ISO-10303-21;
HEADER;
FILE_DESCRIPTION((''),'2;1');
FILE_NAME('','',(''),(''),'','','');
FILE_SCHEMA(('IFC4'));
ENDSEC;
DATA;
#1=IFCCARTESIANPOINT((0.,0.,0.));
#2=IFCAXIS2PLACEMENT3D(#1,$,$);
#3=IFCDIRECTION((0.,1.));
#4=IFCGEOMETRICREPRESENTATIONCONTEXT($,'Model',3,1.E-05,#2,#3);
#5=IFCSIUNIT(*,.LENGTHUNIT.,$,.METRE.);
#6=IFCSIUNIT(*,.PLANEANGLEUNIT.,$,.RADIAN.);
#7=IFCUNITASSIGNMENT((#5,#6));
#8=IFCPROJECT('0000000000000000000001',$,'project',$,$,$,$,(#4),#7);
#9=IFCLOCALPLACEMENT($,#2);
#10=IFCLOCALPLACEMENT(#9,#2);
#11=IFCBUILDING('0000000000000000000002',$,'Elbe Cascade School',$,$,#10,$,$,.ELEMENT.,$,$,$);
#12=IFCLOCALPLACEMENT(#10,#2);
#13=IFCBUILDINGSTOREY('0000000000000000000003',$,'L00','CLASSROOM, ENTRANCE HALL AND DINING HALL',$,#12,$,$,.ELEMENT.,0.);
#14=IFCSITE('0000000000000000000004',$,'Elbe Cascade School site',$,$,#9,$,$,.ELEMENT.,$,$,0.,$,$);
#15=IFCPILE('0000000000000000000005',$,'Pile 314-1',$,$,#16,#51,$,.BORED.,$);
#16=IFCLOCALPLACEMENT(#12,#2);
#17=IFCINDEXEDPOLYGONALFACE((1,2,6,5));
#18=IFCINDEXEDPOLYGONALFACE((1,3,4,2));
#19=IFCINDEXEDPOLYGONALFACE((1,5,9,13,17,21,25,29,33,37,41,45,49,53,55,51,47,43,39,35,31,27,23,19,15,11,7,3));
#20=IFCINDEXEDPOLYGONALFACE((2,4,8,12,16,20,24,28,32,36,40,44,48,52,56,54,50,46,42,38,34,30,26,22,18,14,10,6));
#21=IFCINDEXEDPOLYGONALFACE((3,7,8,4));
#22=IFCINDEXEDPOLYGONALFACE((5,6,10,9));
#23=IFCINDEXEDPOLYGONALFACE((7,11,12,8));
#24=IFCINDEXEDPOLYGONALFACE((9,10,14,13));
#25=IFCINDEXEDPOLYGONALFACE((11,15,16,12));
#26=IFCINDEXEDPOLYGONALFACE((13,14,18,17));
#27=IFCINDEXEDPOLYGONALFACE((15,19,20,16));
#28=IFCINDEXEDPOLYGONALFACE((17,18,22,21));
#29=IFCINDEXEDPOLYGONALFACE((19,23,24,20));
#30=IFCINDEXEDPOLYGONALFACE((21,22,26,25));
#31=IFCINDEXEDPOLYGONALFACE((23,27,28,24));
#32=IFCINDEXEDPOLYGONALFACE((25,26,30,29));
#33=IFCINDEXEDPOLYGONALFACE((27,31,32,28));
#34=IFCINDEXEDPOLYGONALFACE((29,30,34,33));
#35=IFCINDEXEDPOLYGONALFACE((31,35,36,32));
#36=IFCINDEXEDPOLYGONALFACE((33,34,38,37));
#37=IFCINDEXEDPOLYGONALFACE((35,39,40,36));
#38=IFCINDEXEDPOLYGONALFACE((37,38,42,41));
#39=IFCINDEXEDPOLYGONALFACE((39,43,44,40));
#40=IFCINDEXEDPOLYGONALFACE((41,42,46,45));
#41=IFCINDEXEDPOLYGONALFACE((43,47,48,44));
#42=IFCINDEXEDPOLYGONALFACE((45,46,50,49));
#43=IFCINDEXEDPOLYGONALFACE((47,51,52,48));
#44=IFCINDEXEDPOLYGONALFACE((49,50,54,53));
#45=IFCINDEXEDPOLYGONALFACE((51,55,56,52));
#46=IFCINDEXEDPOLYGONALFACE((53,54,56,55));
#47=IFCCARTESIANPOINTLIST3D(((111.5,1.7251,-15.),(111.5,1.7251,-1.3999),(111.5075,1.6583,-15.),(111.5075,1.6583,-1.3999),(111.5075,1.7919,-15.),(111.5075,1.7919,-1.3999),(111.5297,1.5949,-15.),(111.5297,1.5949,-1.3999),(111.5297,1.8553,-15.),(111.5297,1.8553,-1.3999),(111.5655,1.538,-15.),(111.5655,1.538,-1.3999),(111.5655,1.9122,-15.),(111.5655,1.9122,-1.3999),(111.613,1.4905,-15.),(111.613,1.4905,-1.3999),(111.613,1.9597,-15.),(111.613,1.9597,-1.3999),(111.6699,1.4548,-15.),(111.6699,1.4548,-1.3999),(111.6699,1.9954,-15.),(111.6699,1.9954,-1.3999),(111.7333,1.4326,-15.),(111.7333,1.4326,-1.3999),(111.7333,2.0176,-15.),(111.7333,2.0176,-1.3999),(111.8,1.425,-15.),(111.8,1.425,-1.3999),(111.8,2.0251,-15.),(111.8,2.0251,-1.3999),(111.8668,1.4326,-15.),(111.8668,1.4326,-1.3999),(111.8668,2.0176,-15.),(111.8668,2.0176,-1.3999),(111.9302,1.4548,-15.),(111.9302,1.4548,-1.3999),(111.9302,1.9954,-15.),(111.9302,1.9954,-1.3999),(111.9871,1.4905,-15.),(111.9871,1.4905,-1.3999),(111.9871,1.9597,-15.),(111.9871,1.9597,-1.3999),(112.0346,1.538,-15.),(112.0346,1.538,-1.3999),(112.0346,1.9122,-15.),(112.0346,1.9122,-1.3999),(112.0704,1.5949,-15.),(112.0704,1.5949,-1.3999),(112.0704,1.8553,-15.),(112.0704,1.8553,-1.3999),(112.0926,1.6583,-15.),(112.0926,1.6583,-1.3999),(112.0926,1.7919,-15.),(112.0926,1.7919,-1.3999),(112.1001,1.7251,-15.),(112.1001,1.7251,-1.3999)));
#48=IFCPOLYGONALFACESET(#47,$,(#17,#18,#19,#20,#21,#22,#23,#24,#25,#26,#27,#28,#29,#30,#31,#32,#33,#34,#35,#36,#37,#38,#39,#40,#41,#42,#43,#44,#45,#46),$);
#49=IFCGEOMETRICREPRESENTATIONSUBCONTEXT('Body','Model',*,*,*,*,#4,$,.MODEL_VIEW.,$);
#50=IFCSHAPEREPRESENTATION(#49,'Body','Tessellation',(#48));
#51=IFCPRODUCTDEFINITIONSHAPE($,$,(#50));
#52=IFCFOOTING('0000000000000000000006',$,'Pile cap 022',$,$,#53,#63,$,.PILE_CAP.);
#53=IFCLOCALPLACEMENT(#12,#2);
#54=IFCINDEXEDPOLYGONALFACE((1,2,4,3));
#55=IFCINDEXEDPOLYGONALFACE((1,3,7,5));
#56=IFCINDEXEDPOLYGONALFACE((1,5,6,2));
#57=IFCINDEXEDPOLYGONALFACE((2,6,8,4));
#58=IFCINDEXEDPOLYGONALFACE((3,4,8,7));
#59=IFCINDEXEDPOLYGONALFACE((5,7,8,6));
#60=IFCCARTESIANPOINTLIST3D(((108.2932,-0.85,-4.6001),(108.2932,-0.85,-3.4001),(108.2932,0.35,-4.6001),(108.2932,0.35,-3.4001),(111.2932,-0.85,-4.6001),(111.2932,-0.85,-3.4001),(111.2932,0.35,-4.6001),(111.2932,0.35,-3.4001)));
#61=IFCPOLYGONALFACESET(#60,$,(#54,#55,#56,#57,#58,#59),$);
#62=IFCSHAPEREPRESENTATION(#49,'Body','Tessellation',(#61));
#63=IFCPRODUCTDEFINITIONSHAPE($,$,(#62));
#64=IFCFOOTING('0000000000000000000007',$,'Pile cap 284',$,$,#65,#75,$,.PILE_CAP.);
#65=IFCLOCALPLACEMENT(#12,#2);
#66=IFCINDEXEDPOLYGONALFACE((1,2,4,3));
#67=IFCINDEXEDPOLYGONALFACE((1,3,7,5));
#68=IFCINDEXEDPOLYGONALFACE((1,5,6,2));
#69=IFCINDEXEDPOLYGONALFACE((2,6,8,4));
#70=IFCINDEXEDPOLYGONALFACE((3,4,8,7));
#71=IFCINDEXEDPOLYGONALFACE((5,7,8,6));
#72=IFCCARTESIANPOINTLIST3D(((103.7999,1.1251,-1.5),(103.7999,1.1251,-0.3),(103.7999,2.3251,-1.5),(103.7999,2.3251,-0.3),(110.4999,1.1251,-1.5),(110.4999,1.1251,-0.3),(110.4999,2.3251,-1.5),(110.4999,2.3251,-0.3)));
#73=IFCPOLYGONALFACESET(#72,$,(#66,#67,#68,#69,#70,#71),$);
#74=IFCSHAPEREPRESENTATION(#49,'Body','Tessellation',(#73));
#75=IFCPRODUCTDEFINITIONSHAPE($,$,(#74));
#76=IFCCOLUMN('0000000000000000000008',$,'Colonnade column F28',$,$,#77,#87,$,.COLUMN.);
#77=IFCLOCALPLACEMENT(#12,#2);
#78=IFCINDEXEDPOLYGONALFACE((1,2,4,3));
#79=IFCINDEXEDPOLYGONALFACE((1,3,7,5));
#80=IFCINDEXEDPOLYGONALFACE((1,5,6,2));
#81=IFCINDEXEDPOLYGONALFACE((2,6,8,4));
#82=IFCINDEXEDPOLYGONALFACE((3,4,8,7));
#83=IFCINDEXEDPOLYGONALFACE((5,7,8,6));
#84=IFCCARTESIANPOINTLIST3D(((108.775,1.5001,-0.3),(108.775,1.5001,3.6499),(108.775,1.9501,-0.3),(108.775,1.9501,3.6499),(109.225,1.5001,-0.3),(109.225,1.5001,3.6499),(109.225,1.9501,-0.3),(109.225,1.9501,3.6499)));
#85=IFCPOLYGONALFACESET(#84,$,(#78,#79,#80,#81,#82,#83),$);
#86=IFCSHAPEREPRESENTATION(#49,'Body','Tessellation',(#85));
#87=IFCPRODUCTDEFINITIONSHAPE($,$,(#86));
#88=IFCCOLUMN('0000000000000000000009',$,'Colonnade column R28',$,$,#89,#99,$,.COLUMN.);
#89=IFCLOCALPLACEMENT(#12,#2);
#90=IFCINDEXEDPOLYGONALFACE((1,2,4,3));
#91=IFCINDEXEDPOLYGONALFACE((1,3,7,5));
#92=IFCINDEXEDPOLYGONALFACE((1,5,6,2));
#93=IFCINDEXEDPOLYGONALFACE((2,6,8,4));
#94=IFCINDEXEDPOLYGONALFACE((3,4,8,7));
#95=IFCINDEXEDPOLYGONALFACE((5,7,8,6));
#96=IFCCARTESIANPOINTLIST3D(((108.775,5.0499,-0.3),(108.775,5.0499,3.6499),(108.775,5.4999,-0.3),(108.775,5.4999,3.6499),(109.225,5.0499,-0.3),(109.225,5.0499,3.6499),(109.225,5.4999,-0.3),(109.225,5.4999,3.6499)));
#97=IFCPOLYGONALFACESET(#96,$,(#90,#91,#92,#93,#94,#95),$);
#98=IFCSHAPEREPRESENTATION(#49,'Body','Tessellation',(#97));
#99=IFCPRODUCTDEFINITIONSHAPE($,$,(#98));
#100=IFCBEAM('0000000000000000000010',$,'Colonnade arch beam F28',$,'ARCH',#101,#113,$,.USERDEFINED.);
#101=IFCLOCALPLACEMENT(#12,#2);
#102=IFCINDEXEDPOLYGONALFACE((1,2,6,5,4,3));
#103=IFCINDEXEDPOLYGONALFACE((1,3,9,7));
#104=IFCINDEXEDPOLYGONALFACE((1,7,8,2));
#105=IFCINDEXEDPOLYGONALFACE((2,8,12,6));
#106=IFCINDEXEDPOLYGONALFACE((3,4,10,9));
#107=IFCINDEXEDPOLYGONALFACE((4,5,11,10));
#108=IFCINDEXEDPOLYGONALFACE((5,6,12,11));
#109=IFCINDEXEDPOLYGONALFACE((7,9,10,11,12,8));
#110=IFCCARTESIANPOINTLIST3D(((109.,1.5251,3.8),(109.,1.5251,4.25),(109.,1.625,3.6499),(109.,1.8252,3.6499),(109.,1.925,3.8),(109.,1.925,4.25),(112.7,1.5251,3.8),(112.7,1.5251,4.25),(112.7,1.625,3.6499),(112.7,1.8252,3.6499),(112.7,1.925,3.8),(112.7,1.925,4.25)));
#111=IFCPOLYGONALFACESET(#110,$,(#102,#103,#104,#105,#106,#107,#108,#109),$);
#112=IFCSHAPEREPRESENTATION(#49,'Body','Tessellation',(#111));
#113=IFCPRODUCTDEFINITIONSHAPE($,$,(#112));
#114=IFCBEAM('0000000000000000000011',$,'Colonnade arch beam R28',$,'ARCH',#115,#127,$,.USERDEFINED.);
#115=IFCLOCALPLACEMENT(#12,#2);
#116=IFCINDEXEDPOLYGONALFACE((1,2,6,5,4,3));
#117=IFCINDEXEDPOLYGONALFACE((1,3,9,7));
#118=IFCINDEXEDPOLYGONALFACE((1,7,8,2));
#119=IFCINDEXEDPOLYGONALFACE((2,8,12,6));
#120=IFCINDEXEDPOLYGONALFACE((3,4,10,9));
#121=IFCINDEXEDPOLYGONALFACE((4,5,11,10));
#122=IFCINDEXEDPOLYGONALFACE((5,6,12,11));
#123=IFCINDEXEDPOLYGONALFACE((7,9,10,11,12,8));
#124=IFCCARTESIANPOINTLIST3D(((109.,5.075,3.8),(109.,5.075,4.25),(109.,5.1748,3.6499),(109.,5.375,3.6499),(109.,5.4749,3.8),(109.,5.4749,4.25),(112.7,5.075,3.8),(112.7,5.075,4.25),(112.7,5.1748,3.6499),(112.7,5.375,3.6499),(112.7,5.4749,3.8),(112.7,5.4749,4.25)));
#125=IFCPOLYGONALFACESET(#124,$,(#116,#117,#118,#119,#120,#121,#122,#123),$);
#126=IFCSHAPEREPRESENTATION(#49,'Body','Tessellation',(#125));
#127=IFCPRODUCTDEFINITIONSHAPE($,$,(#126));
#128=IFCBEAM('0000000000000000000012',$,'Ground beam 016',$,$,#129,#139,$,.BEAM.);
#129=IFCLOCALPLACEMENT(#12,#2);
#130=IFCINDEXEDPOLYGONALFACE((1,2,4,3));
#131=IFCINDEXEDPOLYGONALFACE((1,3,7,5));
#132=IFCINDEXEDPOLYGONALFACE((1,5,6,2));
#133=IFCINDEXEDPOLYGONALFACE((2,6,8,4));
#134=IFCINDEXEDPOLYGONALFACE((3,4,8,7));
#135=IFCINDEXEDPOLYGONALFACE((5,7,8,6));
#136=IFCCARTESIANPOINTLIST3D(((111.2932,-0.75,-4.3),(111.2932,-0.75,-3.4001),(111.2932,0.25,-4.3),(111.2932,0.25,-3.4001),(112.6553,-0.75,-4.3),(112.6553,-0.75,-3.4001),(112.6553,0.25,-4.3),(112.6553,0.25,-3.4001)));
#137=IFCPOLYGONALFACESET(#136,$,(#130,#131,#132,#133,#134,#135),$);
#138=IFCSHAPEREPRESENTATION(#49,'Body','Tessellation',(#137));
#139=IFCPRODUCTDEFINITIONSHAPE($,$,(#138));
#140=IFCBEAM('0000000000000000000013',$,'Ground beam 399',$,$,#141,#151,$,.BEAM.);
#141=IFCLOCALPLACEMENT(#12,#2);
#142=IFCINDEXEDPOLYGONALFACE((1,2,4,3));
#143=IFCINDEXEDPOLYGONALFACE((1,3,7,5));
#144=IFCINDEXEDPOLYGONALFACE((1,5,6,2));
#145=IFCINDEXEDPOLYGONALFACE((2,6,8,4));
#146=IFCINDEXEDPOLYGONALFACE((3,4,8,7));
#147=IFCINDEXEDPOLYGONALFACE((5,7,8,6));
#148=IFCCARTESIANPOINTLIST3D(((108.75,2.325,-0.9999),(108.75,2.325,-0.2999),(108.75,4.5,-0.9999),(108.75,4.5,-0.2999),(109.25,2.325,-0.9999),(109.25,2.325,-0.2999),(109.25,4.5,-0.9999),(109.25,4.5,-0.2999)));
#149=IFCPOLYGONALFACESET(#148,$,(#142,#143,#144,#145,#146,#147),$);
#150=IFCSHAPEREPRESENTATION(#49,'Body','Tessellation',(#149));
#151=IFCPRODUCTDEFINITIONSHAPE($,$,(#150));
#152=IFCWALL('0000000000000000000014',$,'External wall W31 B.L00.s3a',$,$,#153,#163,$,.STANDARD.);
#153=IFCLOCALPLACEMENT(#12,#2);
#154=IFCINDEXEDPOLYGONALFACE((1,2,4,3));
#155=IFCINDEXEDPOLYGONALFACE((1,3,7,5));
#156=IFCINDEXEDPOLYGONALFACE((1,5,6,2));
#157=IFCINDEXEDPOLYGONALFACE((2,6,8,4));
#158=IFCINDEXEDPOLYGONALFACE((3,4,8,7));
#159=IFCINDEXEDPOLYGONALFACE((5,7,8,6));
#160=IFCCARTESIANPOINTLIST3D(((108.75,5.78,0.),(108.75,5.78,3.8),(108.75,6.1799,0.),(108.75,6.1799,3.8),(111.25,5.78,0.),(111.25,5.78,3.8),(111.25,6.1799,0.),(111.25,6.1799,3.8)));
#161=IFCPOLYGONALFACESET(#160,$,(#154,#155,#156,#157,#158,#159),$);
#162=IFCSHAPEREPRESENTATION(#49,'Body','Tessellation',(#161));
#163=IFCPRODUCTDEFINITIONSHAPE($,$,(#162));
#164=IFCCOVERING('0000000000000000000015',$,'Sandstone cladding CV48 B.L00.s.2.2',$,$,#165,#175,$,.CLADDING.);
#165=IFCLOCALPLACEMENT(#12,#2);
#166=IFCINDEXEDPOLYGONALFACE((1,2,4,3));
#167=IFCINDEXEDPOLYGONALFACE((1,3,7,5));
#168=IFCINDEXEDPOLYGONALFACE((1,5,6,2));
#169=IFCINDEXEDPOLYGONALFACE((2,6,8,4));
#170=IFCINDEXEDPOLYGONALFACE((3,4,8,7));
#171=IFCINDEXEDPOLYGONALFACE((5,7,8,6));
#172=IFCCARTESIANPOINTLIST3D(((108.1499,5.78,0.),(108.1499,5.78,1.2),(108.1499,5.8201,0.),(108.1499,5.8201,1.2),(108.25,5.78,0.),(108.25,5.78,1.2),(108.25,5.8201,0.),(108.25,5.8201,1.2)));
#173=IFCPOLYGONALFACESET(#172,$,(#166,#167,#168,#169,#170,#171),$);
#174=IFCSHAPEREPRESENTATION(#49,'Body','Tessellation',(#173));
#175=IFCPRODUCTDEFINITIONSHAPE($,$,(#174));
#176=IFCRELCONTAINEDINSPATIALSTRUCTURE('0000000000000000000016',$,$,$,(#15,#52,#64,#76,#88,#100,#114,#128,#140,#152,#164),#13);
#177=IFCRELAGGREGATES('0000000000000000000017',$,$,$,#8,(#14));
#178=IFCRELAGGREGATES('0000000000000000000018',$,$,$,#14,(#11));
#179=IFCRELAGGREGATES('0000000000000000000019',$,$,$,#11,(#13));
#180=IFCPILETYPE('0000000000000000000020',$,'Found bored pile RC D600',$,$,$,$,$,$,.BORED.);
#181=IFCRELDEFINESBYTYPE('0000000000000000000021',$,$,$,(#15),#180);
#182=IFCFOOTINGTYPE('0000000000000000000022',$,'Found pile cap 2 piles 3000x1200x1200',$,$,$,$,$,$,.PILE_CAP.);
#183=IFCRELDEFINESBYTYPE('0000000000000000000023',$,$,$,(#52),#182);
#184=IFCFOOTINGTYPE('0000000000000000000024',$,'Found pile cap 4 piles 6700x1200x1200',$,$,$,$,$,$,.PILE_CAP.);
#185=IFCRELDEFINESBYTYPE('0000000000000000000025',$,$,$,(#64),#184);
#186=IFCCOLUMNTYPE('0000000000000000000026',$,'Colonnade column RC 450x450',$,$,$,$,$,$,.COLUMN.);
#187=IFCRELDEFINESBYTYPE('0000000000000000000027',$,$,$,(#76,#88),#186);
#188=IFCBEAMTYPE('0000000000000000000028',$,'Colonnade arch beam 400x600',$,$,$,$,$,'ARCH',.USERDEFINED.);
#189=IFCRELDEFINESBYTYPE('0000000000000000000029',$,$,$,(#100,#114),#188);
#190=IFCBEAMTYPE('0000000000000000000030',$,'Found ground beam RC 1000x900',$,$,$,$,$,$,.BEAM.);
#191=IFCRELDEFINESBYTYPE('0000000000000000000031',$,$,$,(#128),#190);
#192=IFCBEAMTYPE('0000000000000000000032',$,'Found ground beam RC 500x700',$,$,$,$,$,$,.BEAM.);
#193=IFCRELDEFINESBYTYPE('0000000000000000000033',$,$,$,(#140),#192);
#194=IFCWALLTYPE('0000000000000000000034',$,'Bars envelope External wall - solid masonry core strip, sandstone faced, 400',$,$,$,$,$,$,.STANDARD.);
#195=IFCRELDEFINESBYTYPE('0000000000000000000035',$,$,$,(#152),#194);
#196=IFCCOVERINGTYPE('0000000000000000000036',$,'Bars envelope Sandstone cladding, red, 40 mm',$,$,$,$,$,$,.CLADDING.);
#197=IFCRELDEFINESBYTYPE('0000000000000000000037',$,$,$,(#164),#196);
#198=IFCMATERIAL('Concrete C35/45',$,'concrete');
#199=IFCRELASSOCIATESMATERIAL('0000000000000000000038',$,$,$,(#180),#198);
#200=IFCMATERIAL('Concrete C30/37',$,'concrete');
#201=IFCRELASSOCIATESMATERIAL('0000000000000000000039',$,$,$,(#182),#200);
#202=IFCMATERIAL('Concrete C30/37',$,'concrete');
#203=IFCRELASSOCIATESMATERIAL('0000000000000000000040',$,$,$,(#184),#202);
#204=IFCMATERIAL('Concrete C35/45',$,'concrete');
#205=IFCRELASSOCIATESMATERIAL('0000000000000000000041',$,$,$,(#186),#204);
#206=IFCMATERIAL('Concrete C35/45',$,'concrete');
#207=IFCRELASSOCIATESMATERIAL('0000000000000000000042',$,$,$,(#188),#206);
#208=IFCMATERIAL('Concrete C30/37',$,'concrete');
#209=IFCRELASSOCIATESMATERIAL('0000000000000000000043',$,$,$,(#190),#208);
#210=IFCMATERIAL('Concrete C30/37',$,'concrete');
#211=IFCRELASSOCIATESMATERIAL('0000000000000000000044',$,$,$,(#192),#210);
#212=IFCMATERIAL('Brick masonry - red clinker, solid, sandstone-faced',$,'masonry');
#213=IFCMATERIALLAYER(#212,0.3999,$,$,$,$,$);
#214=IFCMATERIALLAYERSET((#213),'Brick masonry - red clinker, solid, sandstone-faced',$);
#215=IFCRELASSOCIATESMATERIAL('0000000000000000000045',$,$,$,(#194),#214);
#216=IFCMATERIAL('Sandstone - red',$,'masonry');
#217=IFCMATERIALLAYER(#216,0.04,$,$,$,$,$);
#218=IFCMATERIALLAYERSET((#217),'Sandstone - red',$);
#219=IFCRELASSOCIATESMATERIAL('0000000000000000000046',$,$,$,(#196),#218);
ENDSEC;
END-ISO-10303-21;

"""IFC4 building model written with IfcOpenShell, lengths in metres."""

from ifc_helpers import new_model, si_unit, direction, frame, frame_2d, origin, origin_2d, place, context, subcontext, project, spatial, polyline, rectangle, circle, outline, extrude, material, layer, layer_set, material_profile, profile_set, type_object, element, save


model = new_model("IFC4")

# Units and contexts
model_context = context("Model", 3, precision=1e-05, world=origin(), true_north=direction((0.0, 1.0)))
body_context = subcontext(model_context, "Body", "Model", "MODEL_VIEW")
ifc_project = project(units=[si_unit("LENGTHUNIT", "METRE"), si_unit("PLANEANGLEUNIT", "RADIAN")], contexts=[model_context])

# Site, building, storey
site_placement = place(None, origin())
site = spatial("IfcSite", under=ifc_project, at=site_placement, Name="Elbe Cascade School site", CompositionType="ELEMENT", RefElevation=0.0)
building_placement = place(site_placement, origin())
building = spatial("IfcBuilding", under=site, at=building_placement, Name="Elbe Cascade School", CompositionType="ELEMENT")
storey_placement = place(building_placement, origin())
storey = spatial("IfcBuildingStorey", under=building, at=storey_placement, Name="L00", Description="CLASSROOM, ENTRANCE HALL AND DINING HALL", CompositionType="ELEMENT", Elevation=0.0)

# Pile
ifc_material_1 = material(Name="Concrete C35/45", Category="concrete")
ifc_material_profile_1 = material_profile(ifc_material_1, circle(Radius=0.3, at=origin_2d()), Name="RC D600")
ifc_profile_set_1 = profile_set([ifc_material_profile_1], Name="Concrete C35/45")
pile_type = type_object("IfcPileType", Name="Found bored pile RC D600", PredefinedType="BORED", material=ifc_profile_set_1)
for number, where, z_axis, x_axis, name in (
    (1, (111.8, 1.7251, -1.3999), (0.0, 0.0, -1.0), (1.0, 0.0, 0.0), "Pile 314-1"),
):
    element("IfcPile", number, at=place(storey_placement, frame(where, z_axis=z_axis, x_axis=x_axis)), inside=storey, type_object=pile_type, Name=name, PredefinedType="BORED", context=body_context, shape_type="SweptSolid", body=[
        extrude(circle(Radius=0.3, at=origin_2d()), origin(), (0.0, 0.0, 1.0), 13.6001),
    ])

# Footings
ifc_material_2 = material(Name="Concrete C30/37", Category="concrete")
footing_type_1 = type_object("IfcFootingType", Name="Found pile cap 2 piles 3000x1200x1200", PredefinedType="PILE_CAP", material=ifc_material_2)
footing_1_placement = place(storey_placement, frame((109.7932, -0.25, -4.6001), z_axis=(0.0, 0.0, 1.0), x_axis=(1.0, 0.0, 0.0)))
element("IfcFooting", 2, at=footing_1_placement, inside=storey, type_object=footing_type_1, Name="Pile cap 022", PredefinedType="PILE_CAP", context=body_context, shape_type="SweptSolid", body=[
    extrude(rectangle(XDim=3.0, YDim=1.2, at=origin_2d()), origin(), (0.0, 0.0, 1.0), 1.2),
])
ifc_material_3 = material(Name="Concrete C30/37", Category="concrete")
footing_type_2 = type_object("IfcFootingType", Name="Found pile cap 4 piles 6700x1200x1200", PredefinedType="PILE_CAP", material=ifc_material_3)
footing_2_placement = place(storey_placement, frame((107.1499, 1.7251, -1.5), z_axis=(0.0, 0.0, 1.0), x_axis=(1.0, 0.0, 0.0)))
element("IfcFooting", 3, at=footing_2_placement, inside=storey, type_object=footing_type_2, Name="Pile cap 284", PredefinedType="PILE_CAP", context=body_context, shape_type="SweptSolid", body=[
    extrude(rectangle(XDim=6.7, YDim=1.2, at=origin_2d()), origin(), (0.0, 0.0, 1.0), 1.2),
])

# Columns
ifc_material_4 = material(Name="Concrete C35/45", Category="concrete")
ifc_material_profile_2 = material_profile(ifc_material_4, rectangle(XDim=0.45, YDim=0.45, at=origin_2d()), Name="RC 450x450")
ifc_profile_set_2 = profile_set([ifc_material_profile_2], Name="Concrete C35/45")
column_type = type_object("IfcColumnType", Name="Colonnade column RC 450x450", PredefinedType="COLUMN", material=ifc_profile_set_2)
for number, where, z_axis, x_axis, name in (
    (4, (109.0, 1.7251, -0.3), (0.0, 0.0, 1.0), (1.0, 0.0, 0.0), "Colonnade column F28"),
    (5, (109.0, 5.2749, -0.3), (0.0, 0.0, 1.0), (1.0, 0.0, 0.0), "Colonnade column R28"),
):
    element("IfcColumn", number, at=place(storey_placement, frame(where, z_axis=z_axis, x_axis=x_axis)), inside=storey, type_object=column_type, Name=name, PredefinedType="COLUMN", context=body_context, shape_type="SweptSolid", body=[
        extrude(rectangle(XDim=0.45, YDim=0.45, at=origin_2d()), origin(), (0.0, 0.0, 1.0), 3.95),
    ])

# Beams
ifc_material_5 = material(Name="Concrete C35/45", Category="concrete")
ifc_material_profile_3 = material_profile(ifc_material_5, outline(polyline([(-0.2, 0.3), (0.2, 0.3), (0.2, -0.1499), (0.1001, -0.3), (-0.1001, -0.3), (-0.2, -0.1499), (-0.2, 0.3)])), Name="RC arch 400x600")
ifc_profile_set_3 = profile_set([ifc_material_profile_3], Name="Concrete C35/45")
beam_type_1 = type_object("IfcBeamType", Name="Colonnade arch beam 400x600", ElementType="ARCH", PredefinedType="USERDEFINED", material=ifc_profile_set_3)
for number, where, z_axis, x_axis, name in (
    (6, (109.0, 1.7251, 3.95), (1.0, 0.0, 0.0), (0.0, 1.0, 0.0), "Colonnade arch beam F28"),
    (7, (109.0, 5.2749, 3.95), (1.0, 0.0, 0.0), (0.0, 1.0, 0.0), "Colonnade arch beam R28"),
):
    element("IfcBeam", number, at=place(storey_placement, frame(where, z_axis=z_axis, x_axis=x_axis)), inside=storey, type_object=beam_type_1, Name=name, ObjectType="ARCH", PredefinedType="USERDEFINED", context=body_context, shape_type="SweptSolid", body=[
        extrude(outline(polyline([(-0.2, 0.3), (0.2, 0.3), (0.2, -0.1499), (0.1001, -0.3), (-0.1001, -0.3), (-0.2, -0.1499), (-0.2, 0.3)])), origin(), (0.0, 0.0, 1.0), 3.7),
    ])
ifc_material_6 = material(Name="Concrete C30/37", Category="concrete")
ifc_material_profile_4 = material_profile(ifc_material_6, rectangle(XDim=1.0, YDim=0.8999, at=origin_2d()), Name="RC 1000x900")
ifc_profile_set_4 = profile_set([ifc_material_profile_4], Name="Concrete C30/37")
beam_type_2 = type_object("IfcBeamType", Name="Found ground beam RC 1000x900", PredefinedType="BEAM", material=ifc_profile_set_4)
beam_1_placement = place(storey_placement, frame((111.2932, -0.25, -3.8501), z_axis=(1.0, 0.0, 0.0), x_axis=(0.0, 1.0, 0.0)))
element("IfcBeam", 8, at=beam_1_placement, inside=storey, type_object=beam_type_2, Name="Ground beam 016", PredefinedType="BEAM", context=body_context, shape_type="SweptSolid", body=[
    extrude(rectangle(XDim=1.0, YDim=0.8999, at=origin_2d()), origin(), (0.0, 0.0, 1.0), 1.3621),
])
ifc_material_7 = material(Name="Concrete C30/37", Category="concrete")
ifc_material_profile_5 = material_profile(ifc_material_7, rectangle(XDim=0.5, YDim=0.7, at=origin_2d()), Name="RC 500x700")
ifc_profile_set_5 = profile_set([ifc_material_profile_5], Name="Concrete C30/37")
beam_type_3 = type_object("IfcBeamType", Name="Found ground beam RC 500x700", PredefinedType="BEAM", material=ifc_profile_set_5)
beam_2_placement = place(storey_placement, frame((109.0, 2.325, -0.6499), z_axis=(0.0, 1.0, 0.0), x_axis=(-1.0, 0.0, 0.0)))
element("IfcBeam", 9, at=beam_2_placement, inside=storey, type_object=beam_type_3, Name="Ground beam 399", PredefinedType="BEAM", context=body_context, shape_type="SweptSolid", body=[
    extrude(rectangle(XDim=0.5, YDim=0.7, at=origin_2d()), origin(), (0.0, 0.0, 1.0), 2.175),
])

# Wall
ifc_material_8 = material(Name="Brick masonry - red clinker, solid, sandstone-faced", Category="masonry")
ifc_layer_1 = layer(ifc_material_8, 0.3999)
ifc_layer_set_1 = layer_set([ifc_layer_1], Name="Brick masonry - red clinker, solid, sandstone-faced")
wall_type = type_object("IfcWallType", Name="Bars envelope External wall - solid masonry core strip, sandstone faced, 400", PredefinedType="STANDARD", material=ifc_layer_set_1)
wall_placement = place(storey_placement, frame((111.25, 5.98, 0.0), z_axis=(0.0, 0.0, 1.0), x_axis=(-1.0, 0.0, 0.0)))
element("IfcWall", 10, at=wall_placement, inside=storey, type_object=wall_type, Name="External wall W31 B.L00.s3a", PredefinedType="STANDARD", context=body_context, shape_type="SweptSolid", body=[
    extrude(rectangle(XDim=2.5, YDim=0.3999, at=frame_2d((1.25, 0.0))), origin(), (0.0, 0.0, 1.0), 3.8),
])

# Covering
ifc_material_9 = material(Name="Sandstone - red", Category="masonry")
ifc_layer_2 = layer(ifc_material_9, 0.04)
ifc_layer_set_2 = layer_set([ifc_layer_2], Name="Sandstone - red")
covering_type_1 = type_object("IfcCoveringType", Name="Bars envelope Sandstone cladding, red, 40 mm", PredefinedType="CLADDING", material=ifc_layer_set_2)
covering_1_placement = place(storey_placement, frame((108.2, 5.8, 0.0), z_axis=(0.0, 0.0, 1.0), x_axis=(1.0, 0.0, 0.0)))
element("IfcCovering", 11, at=covering_1_placement, inside=storey, type_object=covering_type_1, Name="Sandstone cladding CV48 B.L00.s.2.2", PredefinedType="CLADDING", context=body_context, shape_type="SweptSolid", body=[
    extrude(rectangle(XDim=0.1001, YDim=0.04, at=origin_2d()), origin(), (0.0, 0.0, 1.0), 1.2),
])

save(model, "model.ifc")
